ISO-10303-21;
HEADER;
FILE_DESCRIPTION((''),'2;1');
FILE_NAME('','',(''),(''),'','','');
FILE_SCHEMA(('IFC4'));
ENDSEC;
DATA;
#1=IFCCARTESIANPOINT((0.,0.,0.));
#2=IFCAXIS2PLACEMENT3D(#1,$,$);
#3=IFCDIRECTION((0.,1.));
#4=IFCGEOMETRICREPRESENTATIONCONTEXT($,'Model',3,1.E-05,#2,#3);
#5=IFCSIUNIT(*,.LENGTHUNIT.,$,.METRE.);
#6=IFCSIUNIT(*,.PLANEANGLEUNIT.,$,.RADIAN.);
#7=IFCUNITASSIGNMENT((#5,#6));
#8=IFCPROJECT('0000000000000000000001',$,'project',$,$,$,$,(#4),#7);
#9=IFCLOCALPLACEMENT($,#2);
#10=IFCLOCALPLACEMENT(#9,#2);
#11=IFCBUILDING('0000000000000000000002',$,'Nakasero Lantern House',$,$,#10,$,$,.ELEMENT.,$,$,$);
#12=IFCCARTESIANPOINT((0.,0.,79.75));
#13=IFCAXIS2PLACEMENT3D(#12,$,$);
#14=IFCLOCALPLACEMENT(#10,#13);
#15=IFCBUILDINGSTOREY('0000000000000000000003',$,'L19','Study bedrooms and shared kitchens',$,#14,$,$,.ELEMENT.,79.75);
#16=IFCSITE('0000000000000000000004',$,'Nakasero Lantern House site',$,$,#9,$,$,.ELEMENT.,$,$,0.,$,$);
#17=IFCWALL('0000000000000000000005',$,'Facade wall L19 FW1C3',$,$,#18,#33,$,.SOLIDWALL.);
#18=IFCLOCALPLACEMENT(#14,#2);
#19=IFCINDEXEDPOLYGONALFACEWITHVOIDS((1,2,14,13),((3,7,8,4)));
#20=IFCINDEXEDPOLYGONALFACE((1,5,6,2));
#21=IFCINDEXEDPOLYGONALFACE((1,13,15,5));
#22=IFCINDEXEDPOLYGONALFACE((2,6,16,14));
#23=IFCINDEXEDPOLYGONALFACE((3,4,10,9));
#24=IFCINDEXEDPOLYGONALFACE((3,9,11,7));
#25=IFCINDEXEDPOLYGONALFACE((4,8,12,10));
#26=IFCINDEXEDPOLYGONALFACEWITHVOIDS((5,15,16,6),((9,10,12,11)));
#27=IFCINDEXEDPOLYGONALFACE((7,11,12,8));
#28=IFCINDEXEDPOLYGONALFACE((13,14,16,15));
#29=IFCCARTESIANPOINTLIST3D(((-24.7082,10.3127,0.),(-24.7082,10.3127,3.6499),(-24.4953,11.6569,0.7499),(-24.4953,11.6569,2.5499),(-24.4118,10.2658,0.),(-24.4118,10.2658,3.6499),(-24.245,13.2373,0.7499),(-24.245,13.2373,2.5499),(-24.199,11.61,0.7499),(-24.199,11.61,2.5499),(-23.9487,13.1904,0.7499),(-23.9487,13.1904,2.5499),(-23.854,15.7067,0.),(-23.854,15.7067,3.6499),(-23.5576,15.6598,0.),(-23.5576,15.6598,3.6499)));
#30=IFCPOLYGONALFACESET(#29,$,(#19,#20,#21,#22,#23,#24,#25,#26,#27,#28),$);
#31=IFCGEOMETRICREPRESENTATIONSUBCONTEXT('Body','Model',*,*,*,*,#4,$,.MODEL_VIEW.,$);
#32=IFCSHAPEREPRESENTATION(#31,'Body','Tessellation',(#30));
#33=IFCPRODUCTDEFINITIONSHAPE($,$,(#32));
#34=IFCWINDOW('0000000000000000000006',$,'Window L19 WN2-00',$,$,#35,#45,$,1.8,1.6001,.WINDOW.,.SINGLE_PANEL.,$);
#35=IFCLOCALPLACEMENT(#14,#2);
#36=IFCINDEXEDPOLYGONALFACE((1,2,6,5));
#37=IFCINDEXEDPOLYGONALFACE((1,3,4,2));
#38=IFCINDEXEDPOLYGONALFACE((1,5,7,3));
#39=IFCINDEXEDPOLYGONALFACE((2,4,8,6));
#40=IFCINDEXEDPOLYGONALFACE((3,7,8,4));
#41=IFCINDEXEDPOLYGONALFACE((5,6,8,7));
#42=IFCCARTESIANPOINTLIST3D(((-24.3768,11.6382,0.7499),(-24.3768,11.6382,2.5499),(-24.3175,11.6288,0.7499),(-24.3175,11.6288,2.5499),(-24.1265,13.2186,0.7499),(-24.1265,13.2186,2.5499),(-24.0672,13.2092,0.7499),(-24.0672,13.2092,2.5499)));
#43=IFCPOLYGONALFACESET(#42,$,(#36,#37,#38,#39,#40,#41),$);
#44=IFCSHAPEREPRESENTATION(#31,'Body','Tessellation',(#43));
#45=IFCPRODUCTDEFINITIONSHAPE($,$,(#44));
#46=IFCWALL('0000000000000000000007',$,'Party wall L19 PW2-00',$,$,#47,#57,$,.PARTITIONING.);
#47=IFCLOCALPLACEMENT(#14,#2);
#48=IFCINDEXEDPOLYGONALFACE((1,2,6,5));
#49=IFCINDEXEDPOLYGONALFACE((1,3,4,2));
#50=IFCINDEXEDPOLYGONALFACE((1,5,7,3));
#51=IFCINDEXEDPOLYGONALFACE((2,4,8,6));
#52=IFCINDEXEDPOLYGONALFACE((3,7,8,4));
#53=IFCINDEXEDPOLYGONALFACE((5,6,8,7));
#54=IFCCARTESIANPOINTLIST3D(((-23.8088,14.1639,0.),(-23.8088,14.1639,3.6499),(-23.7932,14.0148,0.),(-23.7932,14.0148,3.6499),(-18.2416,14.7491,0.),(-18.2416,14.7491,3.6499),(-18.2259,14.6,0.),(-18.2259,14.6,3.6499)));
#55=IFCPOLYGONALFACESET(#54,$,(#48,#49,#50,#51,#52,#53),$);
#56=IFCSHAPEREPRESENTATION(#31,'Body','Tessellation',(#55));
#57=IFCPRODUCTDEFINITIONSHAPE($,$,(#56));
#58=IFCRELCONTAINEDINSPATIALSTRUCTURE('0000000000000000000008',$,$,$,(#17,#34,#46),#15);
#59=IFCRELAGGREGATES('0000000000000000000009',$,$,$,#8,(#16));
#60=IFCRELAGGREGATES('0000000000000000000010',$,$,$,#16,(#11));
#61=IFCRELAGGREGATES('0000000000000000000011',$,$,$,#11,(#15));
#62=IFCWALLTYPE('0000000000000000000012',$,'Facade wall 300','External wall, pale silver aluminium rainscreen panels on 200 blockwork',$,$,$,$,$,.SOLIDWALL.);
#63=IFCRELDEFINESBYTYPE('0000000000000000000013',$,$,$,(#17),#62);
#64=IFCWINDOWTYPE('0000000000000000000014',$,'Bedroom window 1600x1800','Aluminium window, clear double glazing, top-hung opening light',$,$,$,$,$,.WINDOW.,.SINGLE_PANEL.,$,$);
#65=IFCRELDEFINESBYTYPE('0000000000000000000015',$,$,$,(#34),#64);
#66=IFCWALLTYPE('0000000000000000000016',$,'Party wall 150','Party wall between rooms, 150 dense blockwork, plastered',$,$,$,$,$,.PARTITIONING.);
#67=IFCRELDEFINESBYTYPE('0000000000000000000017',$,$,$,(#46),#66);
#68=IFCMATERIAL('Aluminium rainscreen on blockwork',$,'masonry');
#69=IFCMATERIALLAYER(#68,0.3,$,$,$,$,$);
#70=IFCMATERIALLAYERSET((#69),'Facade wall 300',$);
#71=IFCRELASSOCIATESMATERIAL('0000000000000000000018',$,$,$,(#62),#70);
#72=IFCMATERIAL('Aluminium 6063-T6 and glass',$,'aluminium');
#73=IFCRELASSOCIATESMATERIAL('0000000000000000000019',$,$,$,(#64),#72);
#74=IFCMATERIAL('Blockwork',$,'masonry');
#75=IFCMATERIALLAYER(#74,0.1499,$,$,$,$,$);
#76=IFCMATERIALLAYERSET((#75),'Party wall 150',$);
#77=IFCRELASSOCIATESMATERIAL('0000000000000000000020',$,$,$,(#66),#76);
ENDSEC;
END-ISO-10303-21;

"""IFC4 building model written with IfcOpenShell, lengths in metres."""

from ifc_helpers import new_model, si_unit, direction, frame, frame_2d, origin, place, context, subcontext, project, spatial, rectangle, extrude, material, layer, layer_set, type_object, element, fill, save


model = new_model("IFC4")

# Units and contexts
model_context = context("Model", 3, precision=1e-05, world=origin(), true_north=direction((0.0, 1.0)))
body_context = subcontext(model_context, "Body", "Model", "MODEL_VIEW")
ifc_project = project(units=[si_unit("LENGTHUNIT", "METRE"), si_unit("PLANEANGLEUNIT", "RADIAN")], contexts=[model_context])

# Site, building, storey
site_placement = place(None, origin())
site = spatial("IfcSite", under=ifc_project, at=site_placement, Name="Nakasero Lantern House site", CompositionType="ELEMENT", RefElevation=0.0)
building_placement = place(site_placement, origin())
building = spatial("IfcBuilding", under=site, at=building_placement, Name="Nakasero Lantern House", CompositionType="ELEMENT")
storey_placement = place(building_placement, frame((0.0, 0.0, 79.75)))
storey = spatial("IfcBuildingStorey", under=building, at=storey_placement, Name="L19", Description="Study bedrooms and shared kitchens", CompositionType="ELEMENT", Elevation=79.75)

# Wall, opening, window
ifc_material_1 = material(Name="Aluminium rainscreen on blockwork", Category="masonry")
ifc_layer_1 = layer(ifc_material_1, 0.3)
ifc_layer_set_1 = layer_set([ifc_layer_1], Name="Facade wall 300")
wall_type_1 = type_object("IfcWallType", Name="Facade wall 300", Description="External wall, pale silver aluminium rainscreen panels on 200 blockwork", PredefinedType="SOLIDWALL", material=ifc_layer_set_1)
wall_1_placement = place(storey_placement, frame((-23.7058, 15.6831, 0.0), z_axis=(0.0, 0.0, 1.0), x_axis=(-0.156419, -0.987691, 0.0)))
wall_1 = element("IfcWall", 1, at=wall_1_placement, inside=storey, type_object=wall_type_1, Name="Facade wall L19 FW1C3", PredefinedType="SOLIDWALL", context=body_context, shape_type="SweptSolid", body=[
    extrude(rectangle(XDim=5.4612, YDim=0.3, at=frame_2d((2.7305, 0.0))), origin(), (0.0, 0.0, 1.0), 3.6499),
])
opening_1_placement = place(wall_1_placement, frame((2.5, 0.0, 0.75)))
opening_1 = element("IfcOpeningElement", 2, at=opening_1_placement, cuts=wall_1, PredefinedType="OPENING", context=body_context, shape_type="SweptSolid", body=[
    extrude(rectangle(XDim=1.6001, YDim=1.8, at=frame_2d((0.8, 0.8999))), frame((0.0, 0.1699, 0.0), z_axis=(0.0, -1.0, 0.0), x_axis=(1.0, 0.0, 0.0)), (0.0, 0.0, 1.0), 0.3401),
])
ifc_material_2 = material(Name="Aluminium 6063-T6 and glass", Category="aluminium")
window_type_1 = type_object("IfcWindowType", Name="Bedroom window 1600x1800", Description="Aluminium window, clear double glazing, top-hung opening light", PartitioningType="SINGLE_PANEL", PredefinedType="WINDOW", material=ifc_material_2)
window_1_placement = place(opening_1_placement, origin())
window_1 = element("IfcWindow", 3, at=window_1_placement, inside=storey, type_object=window_type_1, Name="Window L19 WN2-00", OverallHeight=1.8, OverallWidth=1.6001, PartitioningType="SINGLE_PANEL", PredefinedType="WINDOW", context=body_context, shape_type="SweptSolid", body=[
    extrude(rectangle(XDim=1.6001, YDim=1.8, at=frame_2d((0.8, 0.8999))), frame((0.0, 0.03, 0.0), z_axis=(0.0, -1.0, 0.0), x_axis=(1.0, 0.0, 0.0)), (0.0, 0.0, 1.0), 0.0601),
])
fill(opening_1, window_1)

# Wall
ifc_material_3 = material(Name="Blockwork", Category="masonry")
ifc_layer_2 = layer(ifc_material_3, 0.1499)
ifc_layer_set_2 = layer_set([ifc_layer_2], Name="Party wall 150")
wall_type_2 = type_object("IfcWallType", Name="Party wall 150", Description="Party wall between rooms, 150 dense blockwork, plastered", PredefinedType="PARTITIONING", material=ifc_layer_set_2)
wall_2_placement = place(storey_placement, frame((-18.2339, 14.6746, 0.0), z_axis=(0.0, 0.0, 1.0), x_axis=(-0.99452, -0.104542, 0.0)))
element("IfcWall", 4, at=wall_2_placement, inside=storey, type_object=wall_type_2, Name="Party wall L19 PW2-00", PredefinedType="PARTITIONING", context=body_context, shape_type="SweptSolid", body=[
    extrude(rectangle(XDim=5.5979, YDim=0.1499, at=frame_2d((2.7988, 0.0))), origin(), (0.0, 0.0, 1.0), 3.6499),
])

save(model, "model.ifc")
